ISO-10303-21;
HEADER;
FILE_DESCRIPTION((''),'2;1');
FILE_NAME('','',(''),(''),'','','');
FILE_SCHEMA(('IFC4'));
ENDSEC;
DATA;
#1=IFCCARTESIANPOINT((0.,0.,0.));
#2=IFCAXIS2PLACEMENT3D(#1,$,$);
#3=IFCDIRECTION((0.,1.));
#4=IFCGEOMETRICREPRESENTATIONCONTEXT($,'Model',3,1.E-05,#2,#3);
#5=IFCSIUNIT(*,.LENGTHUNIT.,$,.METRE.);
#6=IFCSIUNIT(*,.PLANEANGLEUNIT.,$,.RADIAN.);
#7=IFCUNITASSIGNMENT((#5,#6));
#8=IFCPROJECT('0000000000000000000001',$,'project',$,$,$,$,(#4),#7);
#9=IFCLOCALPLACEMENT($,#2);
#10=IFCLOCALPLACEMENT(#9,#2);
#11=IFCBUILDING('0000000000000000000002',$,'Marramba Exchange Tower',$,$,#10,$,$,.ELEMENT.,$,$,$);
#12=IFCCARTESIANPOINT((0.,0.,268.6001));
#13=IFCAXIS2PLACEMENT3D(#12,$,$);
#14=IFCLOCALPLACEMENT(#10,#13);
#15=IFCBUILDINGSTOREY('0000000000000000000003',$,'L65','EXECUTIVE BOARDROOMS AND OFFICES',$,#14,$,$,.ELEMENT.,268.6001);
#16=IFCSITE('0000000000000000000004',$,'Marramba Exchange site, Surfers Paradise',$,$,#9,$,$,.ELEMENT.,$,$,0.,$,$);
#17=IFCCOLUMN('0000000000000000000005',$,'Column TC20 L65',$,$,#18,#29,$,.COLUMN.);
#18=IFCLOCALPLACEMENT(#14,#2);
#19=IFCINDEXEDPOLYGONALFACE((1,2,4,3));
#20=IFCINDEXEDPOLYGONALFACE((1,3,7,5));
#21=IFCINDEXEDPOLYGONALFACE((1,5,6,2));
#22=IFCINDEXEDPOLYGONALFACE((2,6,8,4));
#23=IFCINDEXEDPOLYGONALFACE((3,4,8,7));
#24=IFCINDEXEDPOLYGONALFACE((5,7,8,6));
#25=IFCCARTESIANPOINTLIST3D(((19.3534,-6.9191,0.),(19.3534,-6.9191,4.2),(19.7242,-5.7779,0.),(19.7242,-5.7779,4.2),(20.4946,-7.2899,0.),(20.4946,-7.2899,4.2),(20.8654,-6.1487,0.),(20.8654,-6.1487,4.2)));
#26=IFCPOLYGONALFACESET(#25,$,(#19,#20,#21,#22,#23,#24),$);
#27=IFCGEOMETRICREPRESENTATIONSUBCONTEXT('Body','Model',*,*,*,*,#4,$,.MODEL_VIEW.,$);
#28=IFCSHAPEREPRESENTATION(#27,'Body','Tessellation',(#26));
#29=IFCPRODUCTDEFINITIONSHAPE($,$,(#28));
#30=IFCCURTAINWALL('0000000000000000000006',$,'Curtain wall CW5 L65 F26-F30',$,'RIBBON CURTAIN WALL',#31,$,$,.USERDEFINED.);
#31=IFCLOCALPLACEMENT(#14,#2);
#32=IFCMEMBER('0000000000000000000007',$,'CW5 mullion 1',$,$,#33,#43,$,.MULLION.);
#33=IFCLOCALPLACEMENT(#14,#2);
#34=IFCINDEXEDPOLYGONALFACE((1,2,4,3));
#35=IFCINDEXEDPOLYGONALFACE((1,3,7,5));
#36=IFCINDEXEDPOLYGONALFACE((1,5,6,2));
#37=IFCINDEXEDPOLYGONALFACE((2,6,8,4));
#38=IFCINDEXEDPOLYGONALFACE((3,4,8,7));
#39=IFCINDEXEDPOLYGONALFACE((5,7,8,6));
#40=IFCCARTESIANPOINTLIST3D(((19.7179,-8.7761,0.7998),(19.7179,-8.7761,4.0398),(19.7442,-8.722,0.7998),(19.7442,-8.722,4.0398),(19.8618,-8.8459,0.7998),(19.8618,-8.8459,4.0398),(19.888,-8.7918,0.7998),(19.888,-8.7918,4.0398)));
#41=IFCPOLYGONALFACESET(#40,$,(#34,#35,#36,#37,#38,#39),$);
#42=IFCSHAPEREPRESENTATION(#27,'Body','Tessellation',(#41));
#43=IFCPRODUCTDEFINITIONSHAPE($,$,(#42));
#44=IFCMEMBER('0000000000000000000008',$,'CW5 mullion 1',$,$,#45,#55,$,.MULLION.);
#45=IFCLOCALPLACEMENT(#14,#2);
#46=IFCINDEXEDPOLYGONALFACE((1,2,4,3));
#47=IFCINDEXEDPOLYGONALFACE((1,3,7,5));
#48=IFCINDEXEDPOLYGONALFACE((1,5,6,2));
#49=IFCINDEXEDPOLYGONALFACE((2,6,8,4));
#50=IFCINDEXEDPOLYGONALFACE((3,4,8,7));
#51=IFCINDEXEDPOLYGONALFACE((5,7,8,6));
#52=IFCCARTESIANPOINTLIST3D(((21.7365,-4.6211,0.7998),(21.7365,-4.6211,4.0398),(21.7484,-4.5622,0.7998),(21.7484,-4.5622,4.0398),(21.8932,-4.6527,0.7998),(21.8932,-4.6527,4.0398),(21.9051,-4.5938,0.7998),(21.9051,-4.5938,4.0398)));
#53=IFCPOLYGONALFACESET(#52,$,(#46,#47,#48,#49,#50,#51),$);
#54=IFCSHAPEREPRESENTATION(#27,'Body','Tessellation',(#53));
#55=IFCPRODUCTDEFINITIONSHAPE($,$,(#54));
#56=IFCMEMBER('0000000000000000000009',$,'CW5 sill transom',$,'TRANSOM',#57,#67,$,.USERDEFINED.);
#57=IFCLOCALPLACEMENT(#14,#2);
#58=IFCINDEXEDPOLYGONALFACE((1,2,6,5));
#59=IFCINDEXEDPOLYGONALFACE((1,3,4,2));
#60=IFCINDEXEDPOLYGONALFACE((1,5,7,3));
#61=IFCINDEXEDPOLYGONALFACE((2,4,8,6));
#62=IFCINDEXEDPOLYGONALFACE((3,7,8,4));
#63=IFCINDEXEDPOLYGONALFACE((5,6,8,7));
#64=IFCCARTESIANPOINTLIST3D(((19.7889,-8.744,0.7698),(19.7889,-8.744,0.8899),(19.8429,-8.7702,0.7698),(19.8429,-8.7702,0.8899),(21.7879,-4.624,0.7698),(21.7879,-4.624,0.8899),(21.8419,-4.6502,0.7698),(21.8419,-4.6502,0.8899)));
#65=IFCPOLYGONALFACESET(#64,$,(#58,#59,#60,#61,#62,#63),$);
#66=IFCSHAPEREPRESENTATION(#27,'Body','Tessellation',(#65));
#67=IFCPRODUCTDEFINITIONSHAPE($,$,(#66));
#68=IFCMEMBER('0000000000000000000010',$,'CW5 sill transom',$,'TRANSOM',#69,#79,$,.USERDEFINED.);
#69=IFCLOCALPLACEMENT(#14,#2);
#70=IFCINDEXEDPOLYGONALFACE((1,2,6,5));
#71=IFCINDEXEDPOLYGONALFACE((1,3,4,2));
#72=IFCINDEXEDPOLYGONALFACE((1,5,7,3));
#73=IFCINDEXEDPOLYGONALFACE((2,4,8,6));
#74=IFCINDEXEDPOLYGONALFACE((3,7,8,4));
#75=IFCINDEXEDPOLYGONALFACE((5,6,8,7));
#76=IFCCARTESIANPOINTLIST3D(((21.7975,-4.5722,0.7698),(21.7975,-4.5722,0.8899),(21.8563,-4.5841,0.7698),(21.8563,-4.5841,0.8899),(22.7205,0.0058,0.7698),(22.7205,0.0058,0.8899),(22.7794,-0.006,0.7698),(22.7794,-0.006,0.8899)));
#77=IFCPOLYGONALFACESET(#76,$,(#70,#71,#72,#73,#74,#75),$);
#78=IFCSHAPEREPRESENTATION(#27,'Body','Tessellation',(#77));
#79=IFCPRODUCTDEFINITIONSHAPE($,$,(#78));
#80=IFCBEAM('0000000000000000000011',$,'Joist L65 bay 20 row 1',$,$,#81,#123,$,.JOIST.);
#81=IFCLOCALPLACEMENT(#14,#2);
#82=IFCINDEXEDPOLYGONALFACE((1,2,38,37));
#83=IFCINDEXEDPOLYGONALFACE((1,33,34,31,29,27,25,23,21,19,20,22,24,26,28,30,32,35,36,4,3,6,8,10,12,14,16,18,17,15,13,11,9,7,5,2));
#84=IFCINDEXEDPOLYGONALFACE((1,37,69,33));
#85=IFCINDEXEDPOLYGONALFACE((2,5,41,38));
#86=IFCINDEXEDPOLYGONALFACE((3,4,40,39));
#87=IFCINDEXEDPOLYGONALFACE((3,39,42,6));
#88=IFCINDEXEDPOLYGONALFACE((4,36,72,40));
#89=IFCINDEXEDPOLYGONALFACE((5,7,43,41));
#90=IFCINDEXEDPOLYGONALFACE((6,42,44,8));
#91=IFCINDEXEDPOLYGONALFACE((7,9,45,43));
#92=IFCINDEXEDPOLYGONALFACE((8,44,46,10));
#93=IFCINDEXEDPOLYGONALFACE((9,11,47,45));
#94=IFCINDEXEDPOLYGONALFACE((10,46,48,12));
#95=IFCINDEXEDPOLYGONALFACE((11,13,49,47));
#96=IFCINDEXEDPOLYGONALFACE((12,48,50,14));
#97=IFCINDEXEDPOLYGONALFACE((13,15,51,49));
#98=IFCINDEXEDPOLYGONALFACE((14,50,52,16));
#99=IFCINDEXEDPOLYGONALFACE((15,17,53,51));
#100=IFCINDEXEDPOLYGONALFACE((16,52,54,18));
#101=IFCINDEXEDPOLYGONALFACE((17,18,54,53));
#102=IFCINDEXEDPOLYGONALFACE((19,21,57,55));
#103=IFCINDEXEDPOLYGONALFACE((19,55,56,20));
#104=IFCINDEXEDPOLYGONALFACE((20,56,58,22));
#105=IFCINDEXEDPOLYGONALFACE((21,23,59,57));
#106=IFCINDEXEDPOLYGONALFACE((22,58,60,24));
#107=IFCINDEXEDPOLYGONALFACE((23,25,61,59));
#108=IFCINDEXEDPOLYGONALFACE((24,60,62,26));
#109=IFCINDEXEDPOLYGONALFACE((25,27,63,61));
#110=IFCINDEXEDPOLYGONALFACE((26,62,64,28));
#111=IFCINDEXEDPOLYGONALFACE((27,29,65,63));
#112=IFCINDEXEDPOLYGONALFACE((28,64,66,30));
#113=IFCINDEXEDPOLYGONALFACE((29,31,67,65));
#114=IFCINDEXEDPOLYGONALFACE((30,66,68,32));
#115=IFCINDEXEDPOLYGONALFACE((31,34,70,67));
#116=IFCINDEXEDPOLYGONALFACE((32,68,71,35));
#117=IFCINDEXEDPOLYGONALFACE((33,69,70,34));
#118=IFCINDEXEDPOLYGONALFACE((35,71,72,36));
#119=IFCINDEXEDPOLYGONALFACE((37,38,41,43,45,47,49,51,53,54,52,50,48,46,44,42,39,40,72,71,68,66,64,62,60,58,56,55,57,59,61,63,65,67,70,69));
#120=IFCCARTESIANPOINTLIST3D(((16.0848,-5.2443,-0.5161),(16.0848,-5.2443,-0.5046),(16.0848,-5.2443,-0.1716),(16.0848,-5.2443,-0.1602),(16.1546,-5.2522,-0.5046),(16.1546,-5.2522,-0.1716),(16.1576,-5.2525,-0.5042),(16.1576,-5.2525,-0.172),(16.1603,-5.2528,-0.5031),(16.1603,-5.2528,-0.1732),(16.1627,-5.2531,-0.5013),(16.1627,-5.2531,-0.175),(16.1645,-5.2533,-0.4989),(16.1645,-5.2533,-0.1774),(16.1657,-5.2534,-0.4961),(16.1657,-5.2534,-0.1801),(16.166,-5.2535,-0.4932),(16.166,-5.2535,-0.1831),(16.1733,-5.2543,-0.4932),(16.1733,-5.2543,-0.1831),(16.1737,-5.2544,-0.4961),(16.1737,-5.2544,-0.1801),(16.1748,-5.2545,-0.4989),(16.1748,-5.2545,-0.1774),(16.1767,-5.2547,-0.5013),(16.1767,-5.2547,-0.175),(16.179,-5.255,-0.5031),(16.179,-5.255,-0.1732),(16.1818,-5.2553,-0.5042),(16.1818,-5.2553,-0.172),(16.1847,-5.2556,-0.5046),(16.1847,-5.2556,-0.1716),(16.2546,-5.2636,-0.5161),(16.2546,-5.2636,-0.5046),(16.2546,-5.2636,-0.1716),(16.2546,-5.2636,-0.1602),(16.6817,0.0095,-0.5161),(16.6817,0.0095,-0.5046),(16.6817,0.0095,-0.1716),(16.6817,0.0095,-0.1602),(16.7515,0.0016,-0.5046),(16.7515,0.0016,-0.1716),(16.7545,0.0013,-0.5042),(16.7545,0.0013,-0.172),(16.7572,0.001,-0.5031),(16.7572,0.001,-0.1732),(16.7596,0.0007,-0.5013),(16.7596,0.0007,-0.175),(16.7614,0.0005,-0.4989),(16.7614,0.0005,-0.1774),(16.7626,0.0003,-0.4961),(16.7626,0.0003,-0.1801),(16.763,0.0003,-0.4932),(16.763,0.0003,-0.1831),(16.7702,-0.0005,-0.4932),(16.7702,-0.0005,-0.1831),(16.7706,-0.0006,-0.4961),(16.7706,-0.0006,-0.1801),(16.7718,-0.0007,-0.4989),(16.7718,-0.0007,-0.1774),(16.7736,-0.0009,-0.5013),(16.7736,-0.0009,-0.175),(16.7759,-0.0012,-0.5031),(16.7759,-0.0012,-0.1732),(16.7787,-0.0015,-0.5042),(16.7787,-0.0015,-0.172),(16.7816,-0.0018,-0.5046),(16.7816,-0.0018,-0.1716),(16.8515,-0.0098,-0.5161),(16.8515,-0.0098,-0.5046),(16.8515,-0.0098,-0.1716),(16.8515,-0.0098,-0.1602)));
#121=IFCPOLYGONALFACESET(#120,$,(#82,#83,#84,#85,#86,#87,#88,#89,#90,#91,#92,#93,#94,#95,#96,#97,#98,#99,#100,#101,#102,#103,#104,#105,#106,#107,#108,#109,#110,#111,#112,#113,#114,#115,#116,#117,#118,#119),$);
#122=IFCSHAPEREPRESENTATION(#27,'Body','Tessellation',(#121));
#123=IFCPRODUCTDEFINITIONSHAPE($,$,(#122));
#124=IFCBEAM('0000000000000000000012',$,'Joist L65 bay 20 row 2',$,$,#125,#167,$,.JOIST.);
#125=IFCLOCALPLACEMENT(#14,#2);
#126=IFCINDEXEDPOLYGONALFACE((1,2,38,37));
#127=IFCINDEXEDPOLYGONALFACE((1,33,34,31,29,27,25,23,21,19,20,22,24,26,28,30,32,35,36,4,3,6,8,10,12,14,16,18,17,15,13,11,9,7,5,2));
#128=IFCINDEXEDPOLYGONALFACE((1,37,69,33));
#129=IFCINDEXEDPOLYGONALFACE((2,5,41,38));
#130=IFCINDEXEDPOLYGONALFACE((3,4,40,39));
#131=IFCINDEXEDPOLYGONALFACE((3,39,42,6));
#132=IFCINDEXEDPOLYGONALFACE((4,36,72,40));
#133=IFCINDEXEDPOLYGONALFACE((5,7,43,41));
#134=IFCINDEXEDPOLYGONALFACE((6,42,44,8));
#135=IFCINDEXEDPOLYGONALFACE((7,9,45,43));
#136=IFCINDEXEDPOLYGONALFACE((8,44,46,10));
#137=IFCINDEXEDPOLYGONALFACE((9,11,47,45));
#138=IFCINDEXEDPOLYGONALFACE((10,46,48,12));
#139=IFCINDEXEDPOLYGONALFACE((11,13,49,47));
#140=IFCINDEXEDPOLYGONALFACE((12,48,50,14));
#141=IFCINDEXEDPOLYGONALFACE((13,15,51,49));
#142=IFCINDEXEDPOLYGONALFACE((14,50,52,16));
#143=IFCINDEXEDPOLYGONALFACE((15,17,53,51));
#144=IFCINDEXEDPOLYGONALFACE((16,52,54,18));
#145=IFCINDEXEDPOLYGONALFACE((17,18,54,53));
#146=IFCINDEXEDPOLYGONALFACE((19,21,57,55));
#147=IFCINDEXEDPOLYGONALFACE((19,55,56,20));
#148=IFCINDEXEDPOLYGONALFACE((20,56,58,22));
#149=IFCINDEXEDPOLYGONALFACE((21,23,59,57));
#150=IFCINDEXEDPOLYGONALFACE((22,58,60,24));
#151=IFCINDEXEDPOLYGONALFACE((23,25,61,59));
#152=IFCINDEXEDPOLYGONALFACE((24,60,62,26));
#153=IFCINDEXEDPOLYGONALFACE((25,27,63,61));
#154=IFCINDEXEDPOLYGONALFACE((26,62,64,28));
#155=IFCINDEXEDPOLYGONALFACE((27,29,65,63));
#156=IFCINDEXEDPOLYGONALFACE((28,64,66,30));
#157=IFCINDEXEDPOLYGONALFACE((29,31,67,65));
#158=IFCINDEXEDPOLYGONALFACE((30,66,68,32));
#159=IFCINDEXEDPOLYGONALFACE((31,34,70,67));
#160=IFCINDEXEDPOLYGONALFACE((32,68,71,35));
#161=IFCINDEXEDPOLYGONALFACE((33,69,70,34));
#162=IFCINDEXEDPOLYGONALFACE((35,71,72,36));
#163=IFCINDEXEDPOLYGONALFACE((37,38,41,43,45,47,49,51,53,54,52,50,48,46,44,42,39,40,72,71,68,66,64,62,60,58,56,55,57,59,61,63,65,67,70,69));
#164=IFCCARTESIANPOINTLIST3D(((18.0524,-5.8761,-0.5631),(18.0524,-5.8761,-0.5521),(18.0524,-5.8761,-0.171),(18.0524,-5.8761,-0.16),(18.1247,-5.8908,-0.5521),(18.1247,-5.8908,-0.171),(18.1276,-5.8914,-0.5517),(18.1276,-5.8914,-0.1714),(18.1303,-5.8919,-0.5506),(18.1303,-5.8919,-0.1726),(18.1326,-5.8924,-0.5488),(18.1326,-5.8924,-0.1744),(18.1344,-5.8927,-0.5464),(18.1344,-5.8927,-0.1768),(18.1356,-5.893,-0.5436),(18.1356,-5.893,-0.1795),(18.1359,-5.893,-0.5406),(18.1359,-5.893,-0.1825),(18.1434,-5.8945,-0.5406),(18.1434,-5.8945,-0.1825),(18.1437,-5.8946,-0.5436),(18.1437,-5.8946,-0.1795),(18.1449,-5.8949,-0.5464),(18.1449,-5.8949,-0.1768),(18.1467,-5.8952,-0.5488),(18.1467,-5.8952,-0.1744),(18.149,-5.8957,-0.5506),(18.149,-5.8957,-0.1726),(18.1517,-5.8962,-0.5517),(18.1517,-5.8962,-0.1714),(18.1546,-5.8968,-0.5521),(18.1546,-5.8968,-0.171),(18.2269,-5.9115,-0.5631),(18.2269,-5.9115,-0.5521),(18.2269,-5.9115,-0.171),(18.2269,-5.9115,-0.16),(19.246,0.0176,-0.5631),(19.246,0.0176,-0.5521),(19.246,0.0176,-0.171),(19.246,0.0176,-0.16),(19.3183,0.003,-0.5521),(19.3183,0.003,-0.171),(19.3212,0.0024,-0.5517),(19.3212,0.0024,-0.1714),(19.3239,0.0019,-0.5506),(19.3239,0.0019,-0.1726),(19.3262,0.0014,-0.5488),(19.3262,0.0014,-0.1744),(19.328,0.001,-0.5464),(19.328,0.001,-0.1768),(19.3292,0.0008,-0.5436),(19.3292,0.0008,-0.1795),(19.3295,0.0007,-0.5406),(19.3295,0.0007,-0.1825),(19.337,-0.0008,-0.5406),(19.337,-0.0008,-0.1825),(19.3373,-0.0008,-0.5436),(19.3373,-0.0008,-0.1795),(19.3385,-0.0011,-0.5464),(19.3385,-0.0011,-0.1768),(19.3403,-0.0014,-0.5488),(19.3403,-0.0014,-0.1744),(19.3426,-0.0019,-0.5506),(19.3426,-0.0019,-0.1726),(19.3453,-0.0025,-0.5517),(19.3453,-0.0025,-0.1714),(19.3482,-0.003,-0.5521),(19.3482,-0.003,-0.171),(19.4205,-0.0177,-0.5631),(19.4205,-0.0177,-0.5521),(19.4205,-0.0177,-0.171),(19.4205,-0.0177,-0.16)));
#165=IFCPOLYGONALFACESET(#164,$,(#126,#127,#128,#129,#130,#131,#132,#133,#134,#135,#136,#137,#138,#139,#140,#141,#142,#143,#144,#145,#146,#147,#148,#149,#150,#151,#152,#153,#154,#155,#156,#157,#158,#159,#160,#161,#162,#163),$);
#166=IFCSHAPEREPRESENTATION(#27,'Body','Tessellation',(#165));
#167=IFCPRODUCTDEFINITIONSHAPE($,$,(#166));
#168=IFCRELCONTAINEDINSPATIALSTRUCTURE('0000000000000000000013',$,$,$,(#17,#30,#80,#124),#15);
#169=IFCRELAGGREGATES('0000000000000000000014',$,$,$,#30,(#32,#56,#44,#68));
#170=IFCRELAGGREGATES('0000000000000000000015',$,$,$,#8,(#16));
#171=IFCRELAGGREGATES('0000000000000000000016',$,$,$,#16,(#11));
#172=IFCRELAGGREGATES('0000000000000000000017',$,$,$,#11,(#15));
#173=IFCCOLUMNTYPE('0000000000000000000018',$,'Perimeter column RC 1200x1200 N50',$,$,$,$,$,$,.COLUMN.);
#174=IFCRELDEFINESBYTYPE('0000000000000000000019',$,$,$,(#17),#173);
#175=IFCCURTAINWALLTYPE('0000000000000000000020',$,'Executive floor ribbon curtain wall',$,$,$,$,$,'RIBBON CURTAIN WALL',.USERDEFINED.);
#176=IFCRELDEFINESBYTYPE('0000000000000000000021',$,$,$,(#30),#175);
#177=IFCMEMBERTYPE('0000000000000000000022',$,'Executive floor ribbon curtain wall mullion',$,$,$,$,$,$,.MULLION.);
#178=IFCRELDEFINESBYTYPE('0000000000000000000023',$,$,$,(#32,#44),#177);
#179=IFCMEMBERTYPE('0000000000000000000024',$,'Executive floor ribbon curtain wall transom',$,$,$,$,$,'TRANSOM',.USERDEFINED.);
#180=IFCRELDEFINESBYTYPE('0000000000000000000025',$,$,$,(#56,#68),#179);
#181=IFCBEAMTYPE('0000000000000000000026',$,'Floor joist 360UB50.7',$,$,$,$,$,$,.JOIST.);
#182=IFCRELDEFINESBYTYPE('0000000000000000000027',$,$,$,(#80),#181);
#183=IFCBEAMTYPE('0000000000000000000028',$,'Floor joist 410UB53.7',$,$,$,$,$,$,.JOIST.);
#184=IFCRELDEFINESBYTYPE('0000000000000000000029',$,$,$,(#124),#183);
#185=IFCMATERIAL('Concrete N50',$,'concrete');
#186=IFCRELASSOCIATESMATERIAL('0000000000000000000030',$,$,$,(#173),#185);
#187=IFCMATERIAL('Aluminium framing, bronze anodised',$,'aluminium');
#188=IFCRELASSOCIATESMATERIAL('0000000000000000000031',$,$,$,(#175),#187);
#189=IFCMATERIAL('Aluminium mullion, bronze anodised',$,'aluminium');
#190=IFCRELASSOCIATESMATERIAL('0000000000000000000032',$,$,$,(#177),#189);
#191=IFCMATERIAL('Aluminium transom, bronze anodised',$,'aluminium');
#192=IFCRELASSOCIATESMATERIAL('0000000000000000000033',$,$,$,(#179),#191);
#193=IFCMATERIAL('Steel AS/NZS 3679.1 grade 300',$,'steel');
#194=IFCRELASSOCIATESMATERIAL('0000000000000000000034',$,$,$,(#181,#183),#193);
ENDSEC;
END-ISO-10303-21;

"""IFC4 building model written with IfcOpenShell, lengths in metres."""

from ifc_helpers import new_model, si_unit, direction, frame, origin, origin_2d, place, context, subcontext, project, spatial, rectangle, i_section, extrude, material, material_profile, profile_set, type_object, element, aggregate, save


model = new_model("IFC4")

# Units and contexts
model_context = context("Model", 3, precision=1e-05, world=origin(), true_north=direction((0.0, 1.0)))
body_context = subcontext(model_context, "Body", "Model", "MODEL_VIEW")
ifc_project = project(units=[si_unit("LENGTHUNIT", "METRE"), si_unit("PLANEANGLEUNIT", "RADIAN")], contexts=[model_context])

# Site, building, storey
site_placement = place(None, origin())
site = spatial("IfcSite", under=ifc_project, at=site_placement, Name="Marramba Exchange site, Surfers Paradise", CompositionType="ELEMENT", RefElevation=0.0)
building_placement = place(site_placement, origin())
building = spatial("IfcBuilding", under=site, at=building_placement, Name="Marramba Exchange Tower", CompositionType="ELEMENT")
storey_placement = place(building_placement, frame((0.0, 0.0, 268.6001)))
storey = spatial("IfcBuildingStorey", under=building, at=storey_placement, Name="L65", Description="EXECUTIVE BOARDROOMS AND OFFICES", CompositionType="ELEMENT", Elevation=268.6001)

# Column
ifc_material_1 = material(Name="Concrete N50", Category="concrete")
ifc_material_profile_1 = material_profile(ifc_material_1, rectangle(XDim=1.2, YDim=1.2, at=origin_2d()), Name="RC 1200x1200")
ifc_profile_set_1 = profile_set([ifc_material_profile_1], Name="Concrete N50")
column_type = type_object("IfcColumnType", Name="Perimeter column RC 1200x1200 N50", PredefinedType="COLUMN", material=ifc_profile_set_1)
column_placement = place(storey_placement, frame((20.1094, -6.5339, 0.0), z_axis=(0.0, 0.0, 1.0), x_axis=(0.951057, -0.309017, 0.0)))
element("IfcColumn", 1, at=column_placement, inside=storey, type_object=column_type, Name="Column TC20 L65", PredefinedType="COLUMN", context=body_context, shape_type="SweptSolid", body=[
    extrude(rectangle(XDim=1.2, YDim=1.2, at=origin_2d()), origin(), (0.0, 0.0, 1.0), 4.2),
])

# Curtain wall, members
ifc_material_2 = material(Name="Aluminium framing, bronze anodised", Category="aluminium")
curtain_wall_type = type_object("IfcCurtainWallType", Name="Executive floor ribbon curtain wall", ElementType="RIBBON CURTAIN WALL", PredefinedType="USERDEFINED", material=ifc_material_2)
curtain_wall_placement = place(storey_placement, origin())
curtain_wall = element("IfcCurtainWall", 2, at=curtain_wall_placement, inside=storey, type_object=curtain_wall_type, Name="Curtain wall CW5 L65 F26-F30", ObjectType="RIBBON CURTAIN WALL", PredefinedType="USERDEFINED")
ifc_material_3 = material(Name="Aluminium mullion, bronze anodised", Category="aluminium")
ifc_material_profile_2 = material_profile(ifc_material_3, rectangle(XDim=0.1599, YDim=0.0601, at=origin_2d()), Name="CW5 mullion 60x160")
ifc_profile_set_2 = profile_set([ifc_material_profile_2], Name="Aluminium mullion, bronze anodised")
member_type_1 = type_object("IfcMemberType", Name="Executive floor ribbon curtain wall mullion", PredefinedType="MULLION", material=ifc_profile_set_2)
member_1_placement = place(storey_placement, frame((19.803, -8.7839, 0.7998), z_axis=(0.0, 0.0, 1.0), x_axis=(-0.899697, 0.436515, 0.0)))
member_1 = element("IfcMember", 3, at=member_1_placement, type_object=member_type_1, Name="CW5 mullion 1", PredefinedType="MULLION", context=body_context, shape_type="SweptSolid", body=[
    extrude(rectangle(XDim=0.1599, YDim=0.0601, at=origin_2d()), origin(), (0.0, 0.0, 1.0), 3.24),
])
member_2_placement = place(storey_placement, frame((21.8208, -4.6074, 0.7998), z_axis=(0.0, 0.0, 1.0), x_axis=(-0.980269, 0.197671, 0.0)))
member_2 = element("IfcMember", 4, at=member_2_placement, type_object=member_type_1, Name="CW5 mullion 1", PredefinedType="MULLION", context=body_context, shape_type="SweptSolid", body=[
    extrude(rectangle(XDim=0.1599, YDim=0.0601, at=origin_2d()), origin(), (0.0, 0.0, 1.0), 3.24),
])
ifc_material_4 = material(Name="Aluminium transom, bronze anodised", Category="aluminium")
ifc_material_profile_3 = material_profile(ifc_material_4, rectangle(XDim=0.0601, YDim=0.1201, at=origin_2d()), Name="CW5 transom 60x120")
ifc_profile_set_3 = profile_set([ifc_material_profile_3], Name="Aluminium transom, bronze anodised")
member_type_2 = type_object("IfcMemberType", Name="Executive floor ribbon curtain wall transom", ElementType="TRANSOM", PredefinedType="USERDEFINED", material=ifc_profile_set_3)
member_3_placement = place(storey_placement, frame((19.8159, -8.7571, 0.8298), z_axis=(0.436519, 0.899695, 0.0), x_axis=(-0.899695, 0.436519, 0.0)))
member_3 = element("IfcMember", 5, at=member_3_placement, type_object=member_type_2, Name="CW5 sill transom", ObjectType="TRANSOM", PredefinedType="USERDEFINED", context=body_context, shape_type="SweptSolid", body=[
    extrude(rectangle(XDim=0.0601, YDim=0.1201, at=origin_2d()), origin(), (0.0, 0.0, 1.0), 4.5793),
])
member_4_placement = place(storey_placement, frame((21.8269, -4.5781, 0.8298), z_axis=(0.197654, 0.980272, 0.0), x_axis=(-0.980272, 0.197654, 0.0)))
member_4 = element("IfcMember", 6, at=member_4_placement, type_object=member_type_2, Name="CW5 sill transom", ObjectType="TRANSOM", PredefinedType="USERDEFINED", context=body_context, shape_type="SweptSolid", body=[
    extrude(rectangle(XDim=0.0601, YDim=0.1201, at=origin_2d()), origin(), (0.0, 0.0, 1.0), 4.6702),
])

# Beams
ifc_material_5 = material(Name="Steel AS/NZS 3679.1 grade 300", Category="steel")
ifc_material_profile_4 = material_profile(ifc_material_5, i_section(OverallWidth=0.1709, OverallDepth=0.356, WebThickness=0.0073, FlangeThickness=0.0115, FilletRadius=0.0115, at=origin_2d()), Name="360UB50.7")
ifc_profile_set_4 = profile_set([ifc_material_profile_4], Name="Steel AS/NZS 3679.1 grade 300")
beam_type_1 = type_object("IfcBeamType", Name="Floor joist 360UB50.7", PredefinedType="JOIST", material=ifc_profile_set_4)
beam_1_placement = place(storey_placement, frame((16.1697, -5.2539, -0.3381), z_axis=(0.112889, 0.993608, 0.0), x_axis=(-0.993608, 0.112889, 0.0)))
element("IfcBeam", 7, at=beam_1_placement, inside=storey, type_object=beam_type_1, Name="Joist L65 bay 20 row 1", PredefinedType="JOIST", context=body_context, shape_type="SweptSolid", body=[
    extrude(i_section(OverallWidth=0.1709, OverallDepth=0.356, WebThickness=0.0073, FlangeThickness=0.0115, FilletRadius=0.0115, at=origin_2d()), origin(), (0.0, 0.0, 1.0), 5.2876),
])
ifc_material_profile_5 = material_profile(ifc_material_5, i_section(OverallWidth=0.178, OverallDepth=0.4031, WebThickness=0.0076, FlangeThickness=0.011, FilletRadius=0.0115, at=origin_2d()), Name="410UB53.7")
ifc_profile_set_5 = profile_set([ifc_material_profile_5], Name="Steel AS/NZS 3679.1 grade 300")
beam_type_2 = type_object("IfcBeamType", Name="Floor joist 410UB53.7", PredefinedType="JOIST", material=ifc_profile_set_5)
beam_2_placement = place(storey_placement, frame((18.1396, -5.8938, -0.3616), z_axis=(0.198489, 0.980103, 0.0), x_axis=(-0.980103, 0.198489, 0.0)))
element("IfcBeam", 8, at=beam_2_placement, inside=storey, type_object=beam_type_2, Name="Joist L65 bay 20 row 2", PredefinedType="JOIST", context=body_context, shape_type="SweptSolid", body=[
    extrude(i_section(OverallWidth=0.178, OverallDepth=0.4031, WebThickness=0.0076, FlangeThickness=0.011, FilletRadius=0.0115, at=origin_2d()), origin(), (0.0, 0.0, 1.0), 6.0134),
])

aggregate(curtain_wall, [member_1, member_3, member_2, member_4])

save(model, "model.ifc")
